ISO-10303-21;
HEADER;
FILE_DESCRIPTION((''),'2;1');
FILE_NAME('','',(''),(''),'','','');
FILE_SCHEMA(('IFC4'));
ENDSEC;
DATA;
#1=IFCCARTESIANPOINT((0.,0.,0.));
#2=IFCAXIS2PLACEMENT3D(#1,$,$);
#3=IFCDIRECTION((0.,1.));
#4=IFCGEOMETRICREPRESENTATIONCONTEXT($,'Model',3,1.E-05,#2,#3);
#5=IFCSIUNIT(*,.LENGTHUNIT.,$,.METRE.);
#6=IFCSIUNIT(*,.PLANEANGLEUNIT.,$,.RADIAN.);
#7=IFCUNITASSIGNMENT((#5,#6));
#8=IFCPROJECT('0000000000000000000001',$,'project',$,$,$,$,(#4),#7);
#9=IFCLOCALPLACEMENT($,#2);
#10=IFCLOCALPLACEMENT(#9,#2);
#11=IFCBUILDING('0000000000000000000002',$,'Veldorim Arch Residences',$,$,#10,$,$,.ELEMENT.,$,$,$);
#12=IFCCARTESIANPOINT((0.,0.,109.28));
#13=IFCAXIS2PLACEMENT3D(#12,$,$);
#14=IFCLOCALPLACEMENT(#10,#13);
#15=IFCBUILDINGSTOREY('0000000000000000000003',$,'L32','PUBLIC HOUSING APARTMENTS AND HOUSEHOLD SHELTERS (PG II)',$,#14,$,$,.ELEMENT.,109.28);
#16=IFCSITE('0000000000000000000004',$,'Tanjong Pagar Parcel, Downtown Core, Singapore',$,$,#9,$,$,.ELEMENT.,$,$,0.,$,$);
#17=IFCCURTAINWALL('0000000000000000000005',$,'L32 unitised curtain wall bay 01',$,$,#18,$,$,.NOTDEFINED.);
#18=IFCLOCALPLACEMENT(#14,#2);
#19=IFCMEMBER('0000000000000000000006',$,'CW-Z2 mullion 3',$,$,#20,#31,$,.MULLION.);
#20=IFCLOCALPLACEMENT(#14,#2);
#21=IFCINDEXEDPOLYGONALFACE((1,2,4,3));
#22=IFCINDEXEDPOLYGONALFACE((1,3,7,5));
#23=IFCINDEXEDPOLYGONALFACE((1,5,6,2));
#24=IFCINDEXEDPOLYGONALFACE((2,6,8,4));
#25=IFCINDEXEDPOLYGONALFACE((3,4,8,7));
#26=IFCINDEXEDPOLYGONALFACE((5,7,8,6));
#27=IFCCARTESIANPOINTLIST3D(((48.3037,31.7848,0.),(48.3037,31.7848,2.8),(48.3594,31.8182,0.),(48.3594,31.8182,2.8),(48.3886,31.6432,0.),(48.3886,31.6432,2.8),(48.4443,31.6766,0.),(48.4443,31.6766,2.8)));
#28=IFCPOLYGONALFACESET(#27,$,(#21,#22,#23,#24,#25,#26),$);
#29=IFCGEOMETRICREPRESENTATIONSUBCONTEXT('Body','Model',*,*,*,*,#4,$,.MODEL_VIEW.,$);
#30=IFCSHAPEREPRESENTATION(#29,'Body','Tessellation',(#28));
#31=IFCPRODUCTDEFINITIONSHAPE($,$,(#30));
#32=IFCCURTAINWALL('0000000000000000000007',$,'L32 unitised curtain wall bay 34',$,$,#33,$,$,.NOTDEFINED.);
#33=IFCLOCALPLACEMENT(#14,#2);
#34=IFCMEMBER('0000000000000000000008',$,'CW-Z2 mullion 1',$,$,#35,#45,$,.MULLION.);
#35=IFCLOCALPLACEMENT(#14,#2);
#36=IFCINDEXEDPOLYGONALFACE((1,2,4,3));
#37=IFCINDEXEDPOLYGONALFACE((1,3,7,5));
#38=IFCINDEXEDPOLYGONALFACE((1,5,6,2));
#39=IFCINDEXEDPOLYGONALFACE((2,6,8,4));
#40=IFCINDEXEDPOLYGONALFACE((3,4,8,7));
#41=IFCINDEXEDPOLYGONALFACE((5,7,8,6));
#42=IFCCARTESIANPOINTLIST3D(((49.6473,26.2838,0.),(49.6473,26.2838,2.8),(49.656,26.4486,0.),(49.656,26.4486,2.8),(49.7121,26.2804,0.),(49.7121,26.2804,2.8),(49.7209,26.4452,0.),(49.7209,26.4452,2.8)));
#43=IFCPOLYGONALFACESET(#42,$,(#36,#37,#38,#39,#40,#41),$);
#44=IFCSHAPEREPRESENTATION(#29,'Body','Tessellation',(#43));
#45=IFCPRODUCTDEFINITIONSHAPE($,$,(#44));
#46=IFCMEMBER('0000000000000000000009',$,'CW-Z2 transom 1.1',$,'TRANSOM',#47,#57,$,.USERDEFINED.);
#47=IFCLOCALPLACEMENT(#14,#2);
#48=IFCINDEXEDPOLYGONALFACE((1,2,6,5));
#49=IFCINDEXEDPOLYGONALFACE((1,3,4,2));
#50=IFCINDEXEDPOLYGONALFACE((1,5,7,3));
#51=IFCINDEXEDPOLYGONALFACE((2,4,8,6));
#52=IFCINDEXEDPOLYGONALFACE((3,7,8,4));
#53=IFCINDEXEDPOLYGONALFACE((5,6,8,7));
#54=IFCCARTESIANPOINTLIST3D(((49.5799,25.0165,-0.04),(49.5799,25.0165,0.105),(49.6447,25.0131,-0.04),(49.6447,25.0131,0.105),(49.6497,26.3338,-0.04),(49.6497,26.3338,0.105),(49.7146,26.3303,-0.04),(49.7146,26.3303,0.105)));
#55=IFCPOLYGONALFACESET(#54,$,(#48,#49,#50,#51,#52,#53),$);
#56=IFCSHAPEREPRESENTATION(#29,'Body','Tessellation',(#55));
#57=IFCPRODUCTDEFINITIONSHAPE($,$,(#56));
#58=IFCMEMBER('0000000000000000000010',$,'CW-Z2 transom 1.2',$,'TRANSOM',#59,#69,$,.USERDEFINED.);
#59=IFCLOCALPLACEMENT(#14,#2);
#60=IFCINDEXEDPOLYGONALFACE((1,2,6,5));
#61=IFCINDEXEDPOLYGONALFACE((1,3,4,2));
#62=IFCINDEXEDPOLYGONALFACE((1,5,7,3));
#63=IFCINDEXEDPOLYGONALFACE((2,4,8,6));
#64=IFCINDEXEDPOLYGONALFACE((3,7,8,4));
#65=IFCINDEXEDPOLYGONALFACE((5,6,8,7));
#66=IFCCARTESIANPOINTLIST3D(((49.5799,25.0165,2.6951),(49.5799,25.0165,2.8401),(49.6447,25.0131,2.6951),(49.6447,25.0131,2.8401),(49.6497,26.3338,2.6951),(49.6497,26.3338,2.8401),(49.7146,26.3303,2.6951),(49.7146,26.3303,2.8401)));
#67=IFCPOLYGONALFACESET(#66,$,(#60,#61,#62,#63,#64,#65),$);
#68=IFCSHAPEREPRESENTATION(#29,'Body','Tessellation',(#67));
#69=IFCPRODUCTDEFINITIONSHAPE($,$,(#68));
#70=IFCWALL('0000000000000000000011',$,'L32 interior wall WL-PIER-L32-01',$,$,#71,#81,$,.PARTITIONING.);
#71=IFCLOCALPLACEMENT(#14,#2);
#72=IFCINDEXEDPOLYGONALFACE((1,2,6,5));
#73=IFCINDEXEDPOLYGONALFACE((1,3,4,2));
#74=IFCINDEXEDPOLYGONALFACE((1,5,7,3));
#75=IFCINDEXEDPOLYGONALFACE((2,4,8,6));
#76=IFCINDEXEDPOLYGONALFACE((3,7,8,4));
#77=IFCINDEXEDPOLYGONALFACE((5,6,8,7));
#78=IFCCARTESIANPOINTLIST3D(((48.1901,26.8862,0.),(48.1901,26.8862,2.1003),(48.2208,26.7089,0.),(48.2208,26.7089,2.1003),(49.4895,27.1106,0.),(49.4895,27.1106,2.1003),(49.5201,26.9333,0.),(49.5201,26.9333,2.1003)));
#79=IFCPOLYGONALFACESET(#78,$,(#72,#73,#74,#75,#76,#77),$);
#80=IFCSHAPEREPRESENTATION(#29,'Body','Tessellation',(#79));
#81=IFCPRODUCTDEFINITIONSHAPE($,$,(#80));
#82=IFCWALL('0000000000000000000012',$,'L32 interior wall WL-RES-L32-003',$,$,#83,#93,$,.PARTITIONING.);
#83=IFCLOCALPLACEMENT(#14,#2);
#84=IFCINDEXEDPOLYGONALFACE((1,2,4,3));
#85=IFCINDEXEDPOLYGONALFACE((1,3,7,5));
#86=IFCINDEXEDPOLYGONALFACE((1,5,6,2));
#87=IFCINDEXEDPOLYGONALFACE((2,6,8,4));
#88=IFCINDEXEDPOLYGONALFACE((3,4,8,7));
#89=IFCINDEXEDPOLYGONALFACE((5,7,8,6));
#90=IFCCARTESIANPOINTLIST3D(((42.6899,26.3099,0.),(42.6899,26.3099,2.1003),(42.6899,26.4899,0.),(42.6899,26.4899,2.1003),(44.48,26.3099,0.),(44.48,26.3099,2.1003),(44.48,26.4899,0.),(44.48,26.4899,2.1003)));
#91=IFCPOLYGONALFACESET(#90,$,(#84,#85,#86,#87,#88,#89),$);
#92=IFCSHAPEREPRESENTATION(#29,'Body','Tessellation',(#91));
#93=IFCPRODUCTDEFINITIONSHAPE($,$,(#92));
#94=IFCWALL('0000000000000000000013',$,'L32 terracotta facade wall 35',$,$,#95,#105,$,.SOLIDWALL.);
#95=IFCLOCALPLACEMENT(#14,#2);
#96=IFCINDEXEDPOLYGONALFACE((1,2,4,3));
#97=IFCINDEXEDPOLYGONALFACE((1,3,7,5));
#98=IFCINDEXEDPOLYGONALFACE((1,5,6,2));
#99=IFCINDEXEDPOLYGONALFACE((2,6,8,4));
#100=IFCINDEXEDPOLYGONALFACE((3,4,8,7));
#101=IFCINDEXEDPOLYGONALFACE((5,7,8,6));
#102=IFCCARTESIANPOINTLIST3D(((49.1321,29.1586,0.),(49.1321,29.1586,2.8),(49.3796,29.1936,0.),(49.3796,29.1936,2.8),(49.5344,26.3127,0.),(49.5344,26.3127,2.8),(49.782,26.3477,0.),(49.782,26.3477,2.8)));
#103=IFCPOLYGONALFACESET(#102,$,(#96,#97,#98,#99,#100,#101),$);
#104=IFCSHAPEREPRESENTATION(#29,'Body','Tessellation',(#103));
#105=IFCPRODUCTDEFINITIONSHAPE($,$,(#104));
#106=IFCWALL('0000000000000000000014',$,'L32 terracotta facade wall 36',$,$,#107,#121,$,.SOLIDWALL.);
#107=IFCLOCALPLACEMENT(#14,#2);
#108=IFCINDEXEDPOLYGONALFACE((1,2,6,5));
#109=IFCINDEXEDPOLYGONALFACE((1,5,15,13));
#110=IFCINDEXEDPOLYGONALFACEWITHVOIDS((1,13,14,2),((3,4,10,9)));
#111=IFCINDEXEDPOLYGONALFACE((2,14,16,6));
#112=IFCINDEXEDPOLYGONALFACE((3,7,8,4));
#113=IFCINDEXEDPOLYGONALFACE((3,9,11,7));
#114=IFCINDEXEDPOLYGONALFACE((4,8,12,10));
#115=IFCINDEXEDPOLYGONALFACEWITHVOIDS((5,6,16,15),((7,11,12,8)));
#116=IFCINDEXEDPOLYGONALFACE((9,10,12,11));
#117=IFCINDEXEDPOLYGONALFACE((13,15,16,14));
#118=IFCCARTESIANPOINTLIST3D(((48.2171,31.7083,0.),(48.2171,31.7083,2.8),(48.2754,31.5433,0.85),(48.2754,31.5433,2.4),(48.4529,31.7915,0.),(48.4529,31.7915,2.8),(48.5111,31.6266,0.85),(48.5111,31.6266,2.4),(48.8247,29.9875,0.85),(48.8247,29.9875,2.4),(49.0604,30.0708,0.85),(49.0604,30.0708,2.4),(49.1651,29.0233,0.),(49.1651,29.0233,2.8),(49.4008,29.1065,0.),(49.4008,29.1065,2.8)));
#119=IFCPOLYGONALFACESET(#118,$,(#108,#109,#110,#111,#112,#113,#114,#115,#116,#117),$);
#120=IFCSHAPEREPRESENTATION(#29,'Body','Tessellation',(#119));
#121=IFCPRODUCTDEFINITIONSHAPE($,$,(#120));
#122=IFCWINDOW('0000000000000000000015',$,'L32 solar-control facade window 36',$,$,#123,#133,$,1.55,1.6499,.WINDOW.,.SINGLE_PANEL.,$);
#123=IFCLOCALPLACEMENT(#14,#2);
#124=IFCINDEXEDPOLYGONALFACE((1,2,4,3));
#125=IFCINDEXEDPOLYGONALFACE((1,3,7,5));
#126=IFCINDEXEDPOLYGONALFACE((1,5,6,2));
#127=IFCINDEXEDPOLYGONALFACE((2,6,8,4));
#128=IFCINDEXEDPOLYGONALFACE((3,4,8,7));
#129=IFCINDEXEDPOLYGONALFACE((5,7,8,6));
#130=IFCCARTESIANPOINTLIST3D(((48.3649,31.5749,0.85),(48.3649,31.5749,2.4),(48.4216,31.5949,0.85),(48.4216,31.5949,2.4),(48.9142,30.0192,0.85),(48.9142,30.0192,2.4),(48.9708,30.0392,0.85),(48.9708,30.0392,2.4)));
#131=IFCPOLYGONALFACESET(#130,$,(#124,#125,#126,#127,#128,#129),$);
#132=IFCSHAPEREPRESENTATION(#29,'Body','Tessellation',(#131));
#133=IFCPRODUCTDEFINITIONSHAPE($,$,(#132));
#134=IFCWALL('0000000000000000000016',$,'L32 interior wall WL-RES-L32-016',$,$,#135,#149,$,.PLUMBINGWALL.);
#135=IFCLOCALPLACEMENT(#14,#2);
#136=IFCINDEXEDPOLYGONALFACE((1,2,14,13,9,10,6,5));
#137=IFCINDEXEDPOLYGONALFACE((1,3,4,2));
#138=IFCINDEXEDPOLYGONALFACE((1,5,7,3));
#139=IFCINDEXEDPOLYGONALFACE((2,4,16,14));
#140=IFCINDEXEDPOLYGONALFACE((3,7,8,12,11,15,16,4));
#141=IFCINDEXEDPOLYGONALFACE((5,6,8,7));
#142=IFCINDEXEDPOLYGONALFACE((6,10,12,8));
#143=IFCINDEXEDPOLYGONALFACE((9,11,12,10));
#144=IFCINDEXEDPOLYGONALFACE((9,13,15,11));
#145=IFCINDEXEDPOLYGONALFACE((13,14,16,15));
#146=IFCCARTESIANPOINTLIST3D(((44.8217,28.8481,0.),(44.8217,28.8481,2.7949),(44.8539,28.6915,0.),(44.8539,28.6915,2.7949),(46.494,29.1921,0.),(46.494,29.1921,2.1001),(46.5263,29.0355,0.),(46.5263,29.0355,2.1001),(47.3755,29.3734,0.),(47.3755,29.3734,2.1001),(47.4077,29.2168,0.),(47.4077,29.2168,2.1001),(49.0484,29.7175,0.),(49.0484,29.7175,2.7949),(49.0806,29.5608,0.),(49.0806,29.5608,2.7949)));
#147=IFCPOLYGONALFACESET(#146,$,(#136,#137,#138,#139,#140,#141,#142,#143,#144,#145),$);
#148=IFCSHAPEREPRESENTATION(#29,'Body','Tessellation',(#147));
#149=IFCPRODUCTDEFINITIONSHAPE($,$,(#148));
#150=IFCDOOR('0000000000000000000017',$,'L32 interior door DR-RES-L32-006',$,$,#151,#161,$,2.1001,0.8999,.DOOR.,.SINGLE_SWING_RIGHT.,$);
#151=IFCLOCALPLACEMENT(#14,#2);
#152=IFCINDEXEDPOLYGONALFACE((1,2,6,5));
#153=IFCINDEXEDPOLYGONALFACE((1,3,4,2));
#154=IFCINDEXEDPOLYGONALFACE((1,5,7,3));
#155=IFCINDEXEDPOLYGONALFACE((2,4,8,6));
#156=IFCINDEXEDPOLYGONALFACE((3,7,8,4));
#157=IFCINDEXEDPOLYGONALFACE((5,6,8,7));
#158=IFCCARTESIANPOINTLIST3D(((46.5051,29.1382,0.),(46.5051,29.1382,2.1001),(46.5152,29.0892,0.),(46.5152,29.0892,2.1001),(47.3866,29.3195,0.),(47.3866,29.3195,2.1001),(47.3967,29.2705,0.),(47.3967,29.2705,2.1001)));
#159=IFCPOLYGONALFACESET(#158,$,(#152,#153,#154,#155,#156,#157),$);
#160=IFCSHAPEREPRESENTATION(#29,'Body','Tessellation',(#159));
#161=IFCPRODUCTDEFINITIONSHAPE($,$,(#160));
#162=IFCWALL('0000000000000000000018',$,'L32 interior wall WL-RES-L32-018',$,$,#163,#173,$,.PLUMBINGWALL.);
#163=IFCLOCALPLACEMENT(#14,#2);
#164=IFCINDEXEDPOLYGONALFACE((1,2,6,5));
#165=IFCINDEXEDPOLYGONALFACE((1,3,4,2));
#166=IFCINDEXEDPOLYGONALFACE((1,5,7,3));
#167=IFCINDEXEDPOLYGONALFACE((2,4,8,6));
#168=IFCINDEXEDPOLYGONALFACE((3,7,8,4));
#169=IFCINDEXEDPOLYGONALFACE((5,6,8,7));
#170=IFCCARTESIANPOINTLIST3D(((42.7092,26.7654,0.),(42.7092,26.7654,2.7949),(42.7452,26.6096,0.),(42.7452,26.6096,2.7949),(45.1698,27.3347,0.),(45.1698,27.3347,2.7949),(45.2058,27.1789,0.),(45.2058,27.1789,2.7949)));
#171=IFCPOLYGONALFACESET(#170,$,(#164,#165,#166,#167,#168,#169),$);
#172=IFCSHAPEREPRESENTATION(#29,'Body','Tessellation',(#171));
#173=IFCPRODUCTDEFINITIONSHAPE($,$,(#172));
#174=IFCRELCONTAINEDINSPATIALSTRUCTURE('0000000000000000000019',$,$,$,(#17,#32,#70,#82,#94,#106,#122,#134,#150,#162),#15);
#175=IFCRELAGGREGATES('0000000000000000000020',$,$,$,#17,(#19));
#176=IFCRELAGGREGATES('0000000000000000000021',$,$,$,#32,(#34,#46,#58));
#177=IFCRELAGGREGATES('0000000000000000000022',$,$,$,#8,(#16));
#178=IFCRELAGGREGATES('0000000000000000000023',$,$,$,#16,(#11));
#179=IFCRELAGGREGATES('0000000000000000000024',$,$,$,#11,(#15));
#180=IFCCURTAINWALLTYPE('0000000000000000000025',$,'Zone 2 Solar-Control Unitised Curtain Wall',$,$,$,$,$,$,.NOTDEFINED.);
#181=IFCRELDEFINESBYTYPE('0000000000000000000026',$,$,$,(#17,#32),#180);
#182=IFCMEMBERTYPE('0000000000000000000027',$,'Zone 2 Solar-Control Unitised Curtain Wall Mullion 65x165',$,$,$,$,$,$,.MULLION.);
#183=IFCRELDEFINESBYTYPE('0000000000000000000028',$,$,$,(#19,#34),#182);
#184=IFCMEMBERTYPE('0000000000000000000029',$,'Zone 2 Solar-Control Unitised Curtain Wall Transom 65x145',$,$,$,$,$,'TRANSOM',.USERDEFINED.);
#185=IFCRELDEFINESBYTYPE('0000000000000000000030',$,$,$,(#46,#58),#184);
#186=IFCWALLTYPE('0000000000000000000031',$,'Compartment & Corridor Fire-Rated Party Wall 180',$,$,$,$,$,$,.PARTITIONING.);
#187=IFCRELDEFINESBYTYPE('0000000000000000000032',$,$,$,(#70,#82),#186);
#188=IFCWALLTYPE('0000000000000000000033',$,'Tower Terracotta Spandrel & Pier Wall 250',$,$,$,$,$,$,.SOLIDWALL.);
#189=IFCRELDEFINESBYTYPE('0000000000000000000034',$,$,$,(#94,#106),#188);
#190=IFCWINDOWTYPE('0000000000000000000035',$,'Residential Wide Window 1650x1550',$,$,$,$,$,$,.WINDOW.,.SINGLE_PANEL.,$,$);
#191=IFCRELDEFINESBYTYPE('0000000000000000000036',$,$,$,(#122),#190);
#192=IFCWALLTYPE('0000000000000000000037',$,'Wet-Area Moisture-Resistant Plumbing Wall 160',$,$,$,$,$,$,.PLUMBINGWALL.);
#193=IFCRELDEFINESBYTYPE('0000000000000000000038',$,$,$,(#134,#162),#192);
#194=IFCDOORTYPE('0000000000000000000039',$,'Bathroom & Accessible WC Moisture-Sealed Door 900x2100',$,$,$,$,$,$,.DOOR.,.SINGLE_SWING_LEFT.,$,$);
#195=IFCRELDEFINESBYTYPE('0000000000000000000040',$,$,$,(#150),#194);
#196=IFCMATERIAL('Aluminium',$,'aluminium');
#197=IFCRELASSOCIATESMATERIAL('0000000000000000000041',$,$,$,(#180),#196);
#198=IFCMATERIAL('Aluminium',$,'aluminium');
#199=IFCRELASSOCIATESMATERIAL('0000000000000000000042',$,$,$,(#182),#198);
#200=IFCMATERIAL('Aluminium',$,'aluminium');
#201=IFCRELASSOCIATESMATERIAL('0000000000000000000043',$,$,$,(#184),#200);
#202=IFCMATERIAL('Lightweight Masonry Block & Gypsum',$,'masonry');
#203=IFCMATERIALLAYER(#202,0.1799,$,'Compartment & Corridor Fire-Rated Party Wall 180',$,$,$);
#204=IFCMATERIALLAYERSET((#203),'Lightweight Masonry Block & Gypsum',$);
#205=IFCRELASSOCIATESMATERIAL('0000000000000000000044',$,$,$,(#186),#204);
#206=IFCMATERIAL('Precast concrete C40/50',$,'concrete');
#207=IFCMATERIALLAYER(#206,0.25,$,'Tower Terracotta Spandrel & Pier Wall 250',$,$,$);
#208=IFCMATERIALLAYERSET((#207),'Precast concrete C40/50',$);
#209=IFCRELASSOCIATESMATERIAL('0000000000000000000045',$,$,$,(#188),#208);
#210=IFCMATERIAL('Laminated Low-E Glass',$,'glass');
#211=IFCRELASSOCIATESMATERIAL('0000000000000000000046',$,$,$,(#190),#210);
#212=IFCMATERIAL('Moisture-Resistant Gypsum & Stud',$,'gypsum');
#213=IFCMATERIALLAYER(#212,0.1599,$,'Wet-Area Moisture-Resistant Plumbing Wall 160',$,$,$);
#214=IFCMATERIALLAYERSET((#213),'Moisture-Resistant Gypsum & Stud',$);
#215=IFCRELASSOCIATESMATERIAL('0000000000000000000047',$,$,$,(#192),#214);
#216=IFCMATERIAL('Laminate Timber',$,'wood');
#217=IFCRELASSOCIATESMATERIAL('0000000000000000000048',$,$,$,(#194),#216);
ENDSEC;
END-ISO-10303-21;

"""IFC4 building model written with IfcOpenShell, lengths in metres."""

from ifc_helpers import new_model, si_unit, direction, frame, frame_2d, origin, origin_2d, place, context, subcontext, project, spatial, rectangle, extrude, material, layer, layer_set, material_profile, profile_set, type_object, element, fill, aggregate, save


model = new_model("IFC4")

# Units and contexts
model_context = context("Model", 3, precision=1e-05, world=origin(), true_north=direction((0.0, 1.0)))
body_context = subcontext(model_context, "Body", "Model", "MODEL_VIEW")
ifc_project = project(units=[si_unit("LENGTHUNIT", "METRE"), si_unit("PLANEANGLEUNIT", "RADIAN")], contexts=[model_context])

# Site, building, storey
site_placement = place(None, origin())
site = spatial("IfcSite", under=ifc_project, at=site_placement, Name="Tanjong Pagar Parcel, Downtown Core, Singapore", CompositionType="ELEMENT", RefElevation=0.0)
building_placement = place(site_placement, origin())
building = spatial("IfcBuilding", under=site, at=building_placement, Name="Veldorim Arch Residences", CompositionType="ELEMENT")
storey_placement = place(building_placement, frame((0.0, 0.0, 109.28)))
storey = spatial("IfcBuildingStorey", under=building, at=storey_placement, Name="L32", Description="PUBLIC HOUSING APARTMENTS AND HOUSEHOLD SHELTERS (PG II)", CompositionType="ELEMENT", Elevation=109.28)

# Curtain wall, member
ifc_material_1 = material(Name="Aluminium", Category="aluminium")
curtain_wall_type = type_object("IfcCurtainWallType", Name="Zone 2 Solar-Control Unitised Curtain Wall", PredefinedType="NOTDEFINED", material=ifc_material_1)
curtain_wall_1_placement = place(storey_placement, origin())
curtain_wall_1 = element("IfcCurtainWall", 1, at=curtain_wall_1_placement, inside=storey, type_object=curtain_wall_type, Name="L32 unitised curtain wall bay 01", PredefinedType="NOTDEFINED")
ifc_material_2 = material(Name="Aluminium", Category="aluminium")
ifc_material_profile_1 = material_profile(ifc_material_2, rectangle(XDim=0.0649, YDim=0.165, at=origin_2d()), Name="ALU_MUL_65x165")
ifc_profile_set_1 = profile_set([ifc_material_profile_1], Name="Aluminium")
member_type_1 = type_object("IfcMemberType", Name="Zone 2 Solar-Control Unitised Curtain Wall Mullion 65x165", PredefinedType="MULLION", material=ifc_profile_set_1)
member_1_placement = place(storey_placement, frame((48.374, 31.7307, 0.0), z_axis=(0.0, 0.0, 1.0), x_axis=(0.85757, 0.514368, 0.0)))
member_1 = element("IfcMember", 2, at=member_1_placement, type_object=member_type_1, Name="CW-Z2 mullion 3", PredefinedType="MULLION", context=body_context, shape_type="SweptSolid", body=[
    extrude(rectangle(XDim=0.0649, YDim=0.165, at=origin_2d()), origin(), (0.0, 0.0, 1.0), 2.8),
])
aggregate(curtain_wall_1, [member_1])

# Curtain wall, members
curtain_wall_2_placement = place(storey_placement, origin())
curtain_wall_2 = element("IfcCurtainWall", 3, at=curtain_wall_2_placement, inside=storey, type_object=curtain_wall_type, Name="L32 unitised curtain wall bay 34", PredefinedType="NOTDEFINED")
member_2_placement = place(storey_placement, frame((49.6841, 26.3645, 0.0), z_axis=(0.0, 0.0, 1.0), x_axis=(0.99859, -0.053083, 0.0)))
member_2 = element("IfcMember", 4, at=member_2_placement, type_object=member_type_1, Name="CW-Z2 mullion 1", PredefinedType="MULLION", context=body_context, shape_type="SweptSolid", body=[
    extrude(rectangle(XDim=0.0649, YDim=0.165, at=origin_2d()), origin(), (0.0, 0.0, 1.0), 2.8),
])
ifc_material_3 = material(Name="Aluminium", Category="aluminium")
ifc_material_profile_2 = material_profile(ifc_material_3, rectangle(XDim=0.0649, YDim=0.145, at=origin_2d()), Name="ALU_TRN_65x145")
ifc_profile_set_2 = profile_set([ifc_material_profile_2], Name="Aluminium")
member_type_2 = type_object("IfcMemberType", Name="Zone 2 Solar-Control Unitised Curtain Wall Transom 65x145", ElementType="TRANSOM", PredefinedType="USERDEFINED", material=ifc_profile_set_2)
member_3_placement = place(storey_placement, frame((49.6821, 26.332, 0.0325), z_axis=(-0.052938, -0.998598, 0.0), x_axis=(0.998598, -0.052938, 0.0)))
member_3 = element("IfcMember", 5, at=member_3_placement, type_object=member_type_2, Name="CW-Z2 transom 1.1", ObjectType="TRANSOM", PredefinedType="USERDEFINED", context=body_context, shape_type="SweptSolid", body=[
    extrude(rectangle(XDim=0.0649, YDim=0.145, at=origin_2d()), origin(), (0.0, 0.0, 1.0), 1.3191),
])
member_4_placement = place(storey_placement, frame((49.6821, 26.332, 2.7676), z_axis=(-0.052938, -0.998598, 0.0), x_axis=(0.998598, -0.052938, 0.0)))
member_4 = element("IfcMember", 6, at=member_4_placement, type_object=member_type_2, Name="CW-Z2 transom 1.2", ObjectType="TRANSOM", PredefinedType="USERDEFINED", context=body_context, shape_type="SweptSolid", body=[
    extrude(rectangle(XDim=0.0649, YDim=0.145, at=origin_2d()), origin(), (0.0, 0.0, 1.0), 1.3191),
])
aggregate(curtain_wall_2, [member_2, member_3, member_4])

# Walls
ifc_material_4 = material(Name="Lightweight Masonry Block & Gypsum", Category="masonry")
ifc_layer_1 = layer(ifc_material_4, 0.1799, Name="Compartment & Corridor Fire-Rated Party Wall 180")
ifc_layer_set_1 = layer_set([ifc_layer_1], Name="Lightweight Masonry Block & Gypsum")
wall_type_1 = type_object("IfcWallType", Name="Compartment & Corridor Fire-Rated Party Wall 180", PredefinedType="PARTITIONING", material=ifc_layer_set_1)
wall_1_placement = place(storey_placement, frame((48.2056, 26.7976, 0.0), z_axis=(0.0, 0.0, 1.0), x_axis=(0.985416, 0.170161, 0.0)))
element("IfcWall", 7, at=wall_1_placement, inside=storey, type_object=wall_type_1, Name="L32 interior wall WL-PIER-L32-01", PredefinedType="PARTITIONING", context=body_context, shape_type="SweptSolid", body=[
    extrude(rectangle(XDim=1.3186, YDim=0.1799, at=frame_2d((0.6592, 0.0))), origin(), (0.0, 0.0, 1.0), 2.1003),
])
wall_2_placement = place(storey_placement, frame((42.6899, 26.3999, 0.0), z_axis=(0.0, 0.0, 1.0), x_axis=(1.0, 0.0, 0.0)))
element("IfcWall", 8, at=wall_2_placement, inside=storey, type_object=wall_type_1, Name="L32 interior wall WL-RES-L32-003", PredefinedType="PARTITIONING", context=body_context, shape_type="SweptSolid", body=[
    extrude(rectangle(XDim=1.79, YDim=0.1799, at=frame_2d((0.895, 0.0))), origin(), (0.0, 0.0, 1.0), 2.1003),
])

# Wall
ifc_material_5 = material(Name="Precast concrete C40/50", Category="concrete")
ifc_layer_2 = layer(ifc_material_5, 0.25, Name="Tower Terracotta Spandrel & Pier Wall 250")
ifc_layer_set_2 = layer_set([ifc_layer_2], Name="Precast concrete C40/50")
wall_type_2 = type_object("IfcWallType", Name="Tower Terracotta Spandrel & Pier Wall 250", PredefinedType="SOLIDWALL", material=ifc_layer_set_2)
wall_3_placement = place(storey_placement, frame((49.2559, 29.176, 0.0), z_axis=(0.0, 0.0, 1.0), x_axis=(0.139982, -0.990154, 0.0)))
element("IfcWall", 9, at=wall_3_placement, inside=storey, type_object=wall_type_2, Name="L32 terracotta facade wall 35", PredefinedType="SOLIDWALL", context=body_context, shape_type="SweptSolid", body=[
    extrude(rectangle(XDim=2.8743, YDim=0.25, at=frame_2d((1.437, 0.0))), origin(), (0.0, 0.0, 1.0), 2.8),
])

# Wall, opening, window
wall_4_placement = place(storey_placement, frame((48.335, 31.75, 0.0), z_axis=(0.0, 0.0, 1.0), x_axis=(0.332923, -0.942954, 0.0)))
wall_4 = element("IfcWall", 10, at=wall_4_placement, inside=storey, type_object=wall_type_2, Name="L32 terracotta facade wall 36", PredefinedType="SOLIDWALL", context=body_context, shape_type="SweptSolid", body=[
    extrude(rectangle(XDim=2.8474, YDim=0.25, at=frame_2d((1.4238, 0.0))), origin(), (0.0, 0.0, 1.0), 2.8),
])
opening_1_placement = place(wall_4_placement, frame((0.175, 0.0, 0.8501)))
opening_1 = element("IfcOpeningElement", 11, at=opening_1_placement, cuts=wall_4, PredefinedType="OPENING", context=body_context, shape_type="SweptSolid", body=[
    extrude(rectangle(XDim=1.6499, YDim=1.55, at=frame_2d((0.825, 0.7749))), frame((0.0, 0.135, 0.0), z_axis=(0.0, -1.0, 0.0), x_axis=(1.0, 0.0, 0.0)), (0.0, 0.0, 1.0), 0.27),
])
ifc_material_6 = material(Name="Laminated Low-E Glass", Category="glass")
window_type = type_object("IfcWindowType", Name="Residential Wide Window 1650x1550", PartitioningType="SINGLE_PANEL", PredefinedType="WINDOW", material=ifc_material_6)
window_placement = place(opening_1_placement, origin())
window = element("IfcWindow", 12, at=window_placement, inside=storey, type_object=window_type, Name="L32 solar-control facade window 36", OverallHeight=1.55, OverallWidth=1.6499, PartitioningType="SINGLE_PANEL", PredefinedType="WINDOW", context=body_context, shape_type="SweptSolid", body=[
    extrude(rectangle(XDim=1.6499, YDim=1.55, at=frame_2d((0.825, 0.7749))), frame((0.0, 0.03, 0.0), z_axis=(0.0, -1.0, 0.0), x_axis=(1.0, 0.0, 0.0)), (0.0, 0.0, 1.0), 0.0601),
])
fill(opening_1, window)

# Wall, opening, door
ifc_material_7 = material(Name="Moisture-Resistant Gypsum & Stud", Category="gypsum")
ifc_layer_3 = layer(ifc_material_7, 0.1599, Name="Wet-Area Moisture-Resistant Plumbing Wall 160")
ifc_layer_set_3 = layer_set([ifc_layer_3], Name="Moisture-Resistant Gypsum & Stud")
wall_type_3 = type_object("IfcWallType", Name="Wet-Area Moisture-Resistant Plumbing Wall 160", PredefinedType="PLUMBINGWALL", material=ifc_layer_set_3)
wall_5_placement = place(storey_placement, frame((44.8376, 28.7698, 0.0), z_axis=(0.0, 0.0, 1.0), x_axis=(0.979495, 0.201466, 0.0)))
wall_5 = element("IfcWall", 13, at=wall_5_placement, inside=storey, type_object=wall_type_3, Name="L32 interior wall WL-RES-L32-016", PredefinedType="PLUMBINGWALL", context=body_context, shape_type="SweptSolid", body=[
    extrude(rectangle(XDim=4.3152, YDim=0.1599, at=frame_2d((2.1577, 0.0))), origin(), (0.0, 0.0, 1.0), 2.7949),
])
opening_2_placement = place(wall_5_placement, frame((1.7075, 0.0, 0.0)))
opening_2 = element("IfcOpeningElement", 14, at=opening_2_placement, cuts=wall_5, PredefinedType="OPENING", context=body_context, shape_type="SweptSolid", body=[
    extrude(rectangle(XDim=0.8999, YDim=2.1001, at=frame_2d((0.45, 1.05))), frame((0.0, 0.0898, 0.0), z_axis=(0.0, -1.0, 0.0), x_axis=(1.0, 0.0, 0.0)), (0.0, 0.0, 1.0), 0.1799),
])
ifc_material_8 = material(Name="Laminate Timber", Category="wood")
door_type_1 = type_object("IfcDoorType", Name="Bathroom & Accessible WC Moisture-Sealed Door 900x2100", OperationType="SINGLE_SWING_LEFT", PredefinedType="DOOR", material=ifc_material_8)
door_1_placement = place(opening_2_placement, origin())
door_1 = element("IfcDoor", 15, at=door_1_placement, inside=storey, type_object=door_type_1, Name="L32 interior door DR-RES-L32-006", OperationType="SINGLE_SWING_RIGHT", OverallHeight=2.1001, OverallWidth=0.8999, PredefinedType="DOOR", context=body_context, shape_type="SweptSolid", body=[
    extrude(rectangle(XDim=0.8999, YDim=2.1001, at=frame_2d((0.45, 1.05))), frame((0.0, 0.0249, 0.0), z_axis=(0.0, -1.0, 0.0), x_axis=(1.0, 0.0, 0.0)), (0.0, 0.0, 1.0), 0.05),
])
fill(opening_2, door_1)

# Wall
wall_6_placement = place(storey_placement, frame((42.7273, 26.6875, 0.0), z_axis=(0.0, 0.0, 1.0), x_axis=(0.974262, 0.225417, 0.0)))
element("IfcWall", 16, at=wall_6_placement, inside=storey, type_object=wall_type_3, Name="L32 interior wall WL-RES-L32-018", PredefinedType="PLUMBINGWALL", context=body_context, shape_type="SweptSolid", body=[
    extrude(rectangle(XDim=2.5256, YDim=0.1599, at=frame_2d((1.2627, 0.0))), origin(), (0.0, 0.0, 1.0), 2.7949),
])

save(model, "model.ifc")
